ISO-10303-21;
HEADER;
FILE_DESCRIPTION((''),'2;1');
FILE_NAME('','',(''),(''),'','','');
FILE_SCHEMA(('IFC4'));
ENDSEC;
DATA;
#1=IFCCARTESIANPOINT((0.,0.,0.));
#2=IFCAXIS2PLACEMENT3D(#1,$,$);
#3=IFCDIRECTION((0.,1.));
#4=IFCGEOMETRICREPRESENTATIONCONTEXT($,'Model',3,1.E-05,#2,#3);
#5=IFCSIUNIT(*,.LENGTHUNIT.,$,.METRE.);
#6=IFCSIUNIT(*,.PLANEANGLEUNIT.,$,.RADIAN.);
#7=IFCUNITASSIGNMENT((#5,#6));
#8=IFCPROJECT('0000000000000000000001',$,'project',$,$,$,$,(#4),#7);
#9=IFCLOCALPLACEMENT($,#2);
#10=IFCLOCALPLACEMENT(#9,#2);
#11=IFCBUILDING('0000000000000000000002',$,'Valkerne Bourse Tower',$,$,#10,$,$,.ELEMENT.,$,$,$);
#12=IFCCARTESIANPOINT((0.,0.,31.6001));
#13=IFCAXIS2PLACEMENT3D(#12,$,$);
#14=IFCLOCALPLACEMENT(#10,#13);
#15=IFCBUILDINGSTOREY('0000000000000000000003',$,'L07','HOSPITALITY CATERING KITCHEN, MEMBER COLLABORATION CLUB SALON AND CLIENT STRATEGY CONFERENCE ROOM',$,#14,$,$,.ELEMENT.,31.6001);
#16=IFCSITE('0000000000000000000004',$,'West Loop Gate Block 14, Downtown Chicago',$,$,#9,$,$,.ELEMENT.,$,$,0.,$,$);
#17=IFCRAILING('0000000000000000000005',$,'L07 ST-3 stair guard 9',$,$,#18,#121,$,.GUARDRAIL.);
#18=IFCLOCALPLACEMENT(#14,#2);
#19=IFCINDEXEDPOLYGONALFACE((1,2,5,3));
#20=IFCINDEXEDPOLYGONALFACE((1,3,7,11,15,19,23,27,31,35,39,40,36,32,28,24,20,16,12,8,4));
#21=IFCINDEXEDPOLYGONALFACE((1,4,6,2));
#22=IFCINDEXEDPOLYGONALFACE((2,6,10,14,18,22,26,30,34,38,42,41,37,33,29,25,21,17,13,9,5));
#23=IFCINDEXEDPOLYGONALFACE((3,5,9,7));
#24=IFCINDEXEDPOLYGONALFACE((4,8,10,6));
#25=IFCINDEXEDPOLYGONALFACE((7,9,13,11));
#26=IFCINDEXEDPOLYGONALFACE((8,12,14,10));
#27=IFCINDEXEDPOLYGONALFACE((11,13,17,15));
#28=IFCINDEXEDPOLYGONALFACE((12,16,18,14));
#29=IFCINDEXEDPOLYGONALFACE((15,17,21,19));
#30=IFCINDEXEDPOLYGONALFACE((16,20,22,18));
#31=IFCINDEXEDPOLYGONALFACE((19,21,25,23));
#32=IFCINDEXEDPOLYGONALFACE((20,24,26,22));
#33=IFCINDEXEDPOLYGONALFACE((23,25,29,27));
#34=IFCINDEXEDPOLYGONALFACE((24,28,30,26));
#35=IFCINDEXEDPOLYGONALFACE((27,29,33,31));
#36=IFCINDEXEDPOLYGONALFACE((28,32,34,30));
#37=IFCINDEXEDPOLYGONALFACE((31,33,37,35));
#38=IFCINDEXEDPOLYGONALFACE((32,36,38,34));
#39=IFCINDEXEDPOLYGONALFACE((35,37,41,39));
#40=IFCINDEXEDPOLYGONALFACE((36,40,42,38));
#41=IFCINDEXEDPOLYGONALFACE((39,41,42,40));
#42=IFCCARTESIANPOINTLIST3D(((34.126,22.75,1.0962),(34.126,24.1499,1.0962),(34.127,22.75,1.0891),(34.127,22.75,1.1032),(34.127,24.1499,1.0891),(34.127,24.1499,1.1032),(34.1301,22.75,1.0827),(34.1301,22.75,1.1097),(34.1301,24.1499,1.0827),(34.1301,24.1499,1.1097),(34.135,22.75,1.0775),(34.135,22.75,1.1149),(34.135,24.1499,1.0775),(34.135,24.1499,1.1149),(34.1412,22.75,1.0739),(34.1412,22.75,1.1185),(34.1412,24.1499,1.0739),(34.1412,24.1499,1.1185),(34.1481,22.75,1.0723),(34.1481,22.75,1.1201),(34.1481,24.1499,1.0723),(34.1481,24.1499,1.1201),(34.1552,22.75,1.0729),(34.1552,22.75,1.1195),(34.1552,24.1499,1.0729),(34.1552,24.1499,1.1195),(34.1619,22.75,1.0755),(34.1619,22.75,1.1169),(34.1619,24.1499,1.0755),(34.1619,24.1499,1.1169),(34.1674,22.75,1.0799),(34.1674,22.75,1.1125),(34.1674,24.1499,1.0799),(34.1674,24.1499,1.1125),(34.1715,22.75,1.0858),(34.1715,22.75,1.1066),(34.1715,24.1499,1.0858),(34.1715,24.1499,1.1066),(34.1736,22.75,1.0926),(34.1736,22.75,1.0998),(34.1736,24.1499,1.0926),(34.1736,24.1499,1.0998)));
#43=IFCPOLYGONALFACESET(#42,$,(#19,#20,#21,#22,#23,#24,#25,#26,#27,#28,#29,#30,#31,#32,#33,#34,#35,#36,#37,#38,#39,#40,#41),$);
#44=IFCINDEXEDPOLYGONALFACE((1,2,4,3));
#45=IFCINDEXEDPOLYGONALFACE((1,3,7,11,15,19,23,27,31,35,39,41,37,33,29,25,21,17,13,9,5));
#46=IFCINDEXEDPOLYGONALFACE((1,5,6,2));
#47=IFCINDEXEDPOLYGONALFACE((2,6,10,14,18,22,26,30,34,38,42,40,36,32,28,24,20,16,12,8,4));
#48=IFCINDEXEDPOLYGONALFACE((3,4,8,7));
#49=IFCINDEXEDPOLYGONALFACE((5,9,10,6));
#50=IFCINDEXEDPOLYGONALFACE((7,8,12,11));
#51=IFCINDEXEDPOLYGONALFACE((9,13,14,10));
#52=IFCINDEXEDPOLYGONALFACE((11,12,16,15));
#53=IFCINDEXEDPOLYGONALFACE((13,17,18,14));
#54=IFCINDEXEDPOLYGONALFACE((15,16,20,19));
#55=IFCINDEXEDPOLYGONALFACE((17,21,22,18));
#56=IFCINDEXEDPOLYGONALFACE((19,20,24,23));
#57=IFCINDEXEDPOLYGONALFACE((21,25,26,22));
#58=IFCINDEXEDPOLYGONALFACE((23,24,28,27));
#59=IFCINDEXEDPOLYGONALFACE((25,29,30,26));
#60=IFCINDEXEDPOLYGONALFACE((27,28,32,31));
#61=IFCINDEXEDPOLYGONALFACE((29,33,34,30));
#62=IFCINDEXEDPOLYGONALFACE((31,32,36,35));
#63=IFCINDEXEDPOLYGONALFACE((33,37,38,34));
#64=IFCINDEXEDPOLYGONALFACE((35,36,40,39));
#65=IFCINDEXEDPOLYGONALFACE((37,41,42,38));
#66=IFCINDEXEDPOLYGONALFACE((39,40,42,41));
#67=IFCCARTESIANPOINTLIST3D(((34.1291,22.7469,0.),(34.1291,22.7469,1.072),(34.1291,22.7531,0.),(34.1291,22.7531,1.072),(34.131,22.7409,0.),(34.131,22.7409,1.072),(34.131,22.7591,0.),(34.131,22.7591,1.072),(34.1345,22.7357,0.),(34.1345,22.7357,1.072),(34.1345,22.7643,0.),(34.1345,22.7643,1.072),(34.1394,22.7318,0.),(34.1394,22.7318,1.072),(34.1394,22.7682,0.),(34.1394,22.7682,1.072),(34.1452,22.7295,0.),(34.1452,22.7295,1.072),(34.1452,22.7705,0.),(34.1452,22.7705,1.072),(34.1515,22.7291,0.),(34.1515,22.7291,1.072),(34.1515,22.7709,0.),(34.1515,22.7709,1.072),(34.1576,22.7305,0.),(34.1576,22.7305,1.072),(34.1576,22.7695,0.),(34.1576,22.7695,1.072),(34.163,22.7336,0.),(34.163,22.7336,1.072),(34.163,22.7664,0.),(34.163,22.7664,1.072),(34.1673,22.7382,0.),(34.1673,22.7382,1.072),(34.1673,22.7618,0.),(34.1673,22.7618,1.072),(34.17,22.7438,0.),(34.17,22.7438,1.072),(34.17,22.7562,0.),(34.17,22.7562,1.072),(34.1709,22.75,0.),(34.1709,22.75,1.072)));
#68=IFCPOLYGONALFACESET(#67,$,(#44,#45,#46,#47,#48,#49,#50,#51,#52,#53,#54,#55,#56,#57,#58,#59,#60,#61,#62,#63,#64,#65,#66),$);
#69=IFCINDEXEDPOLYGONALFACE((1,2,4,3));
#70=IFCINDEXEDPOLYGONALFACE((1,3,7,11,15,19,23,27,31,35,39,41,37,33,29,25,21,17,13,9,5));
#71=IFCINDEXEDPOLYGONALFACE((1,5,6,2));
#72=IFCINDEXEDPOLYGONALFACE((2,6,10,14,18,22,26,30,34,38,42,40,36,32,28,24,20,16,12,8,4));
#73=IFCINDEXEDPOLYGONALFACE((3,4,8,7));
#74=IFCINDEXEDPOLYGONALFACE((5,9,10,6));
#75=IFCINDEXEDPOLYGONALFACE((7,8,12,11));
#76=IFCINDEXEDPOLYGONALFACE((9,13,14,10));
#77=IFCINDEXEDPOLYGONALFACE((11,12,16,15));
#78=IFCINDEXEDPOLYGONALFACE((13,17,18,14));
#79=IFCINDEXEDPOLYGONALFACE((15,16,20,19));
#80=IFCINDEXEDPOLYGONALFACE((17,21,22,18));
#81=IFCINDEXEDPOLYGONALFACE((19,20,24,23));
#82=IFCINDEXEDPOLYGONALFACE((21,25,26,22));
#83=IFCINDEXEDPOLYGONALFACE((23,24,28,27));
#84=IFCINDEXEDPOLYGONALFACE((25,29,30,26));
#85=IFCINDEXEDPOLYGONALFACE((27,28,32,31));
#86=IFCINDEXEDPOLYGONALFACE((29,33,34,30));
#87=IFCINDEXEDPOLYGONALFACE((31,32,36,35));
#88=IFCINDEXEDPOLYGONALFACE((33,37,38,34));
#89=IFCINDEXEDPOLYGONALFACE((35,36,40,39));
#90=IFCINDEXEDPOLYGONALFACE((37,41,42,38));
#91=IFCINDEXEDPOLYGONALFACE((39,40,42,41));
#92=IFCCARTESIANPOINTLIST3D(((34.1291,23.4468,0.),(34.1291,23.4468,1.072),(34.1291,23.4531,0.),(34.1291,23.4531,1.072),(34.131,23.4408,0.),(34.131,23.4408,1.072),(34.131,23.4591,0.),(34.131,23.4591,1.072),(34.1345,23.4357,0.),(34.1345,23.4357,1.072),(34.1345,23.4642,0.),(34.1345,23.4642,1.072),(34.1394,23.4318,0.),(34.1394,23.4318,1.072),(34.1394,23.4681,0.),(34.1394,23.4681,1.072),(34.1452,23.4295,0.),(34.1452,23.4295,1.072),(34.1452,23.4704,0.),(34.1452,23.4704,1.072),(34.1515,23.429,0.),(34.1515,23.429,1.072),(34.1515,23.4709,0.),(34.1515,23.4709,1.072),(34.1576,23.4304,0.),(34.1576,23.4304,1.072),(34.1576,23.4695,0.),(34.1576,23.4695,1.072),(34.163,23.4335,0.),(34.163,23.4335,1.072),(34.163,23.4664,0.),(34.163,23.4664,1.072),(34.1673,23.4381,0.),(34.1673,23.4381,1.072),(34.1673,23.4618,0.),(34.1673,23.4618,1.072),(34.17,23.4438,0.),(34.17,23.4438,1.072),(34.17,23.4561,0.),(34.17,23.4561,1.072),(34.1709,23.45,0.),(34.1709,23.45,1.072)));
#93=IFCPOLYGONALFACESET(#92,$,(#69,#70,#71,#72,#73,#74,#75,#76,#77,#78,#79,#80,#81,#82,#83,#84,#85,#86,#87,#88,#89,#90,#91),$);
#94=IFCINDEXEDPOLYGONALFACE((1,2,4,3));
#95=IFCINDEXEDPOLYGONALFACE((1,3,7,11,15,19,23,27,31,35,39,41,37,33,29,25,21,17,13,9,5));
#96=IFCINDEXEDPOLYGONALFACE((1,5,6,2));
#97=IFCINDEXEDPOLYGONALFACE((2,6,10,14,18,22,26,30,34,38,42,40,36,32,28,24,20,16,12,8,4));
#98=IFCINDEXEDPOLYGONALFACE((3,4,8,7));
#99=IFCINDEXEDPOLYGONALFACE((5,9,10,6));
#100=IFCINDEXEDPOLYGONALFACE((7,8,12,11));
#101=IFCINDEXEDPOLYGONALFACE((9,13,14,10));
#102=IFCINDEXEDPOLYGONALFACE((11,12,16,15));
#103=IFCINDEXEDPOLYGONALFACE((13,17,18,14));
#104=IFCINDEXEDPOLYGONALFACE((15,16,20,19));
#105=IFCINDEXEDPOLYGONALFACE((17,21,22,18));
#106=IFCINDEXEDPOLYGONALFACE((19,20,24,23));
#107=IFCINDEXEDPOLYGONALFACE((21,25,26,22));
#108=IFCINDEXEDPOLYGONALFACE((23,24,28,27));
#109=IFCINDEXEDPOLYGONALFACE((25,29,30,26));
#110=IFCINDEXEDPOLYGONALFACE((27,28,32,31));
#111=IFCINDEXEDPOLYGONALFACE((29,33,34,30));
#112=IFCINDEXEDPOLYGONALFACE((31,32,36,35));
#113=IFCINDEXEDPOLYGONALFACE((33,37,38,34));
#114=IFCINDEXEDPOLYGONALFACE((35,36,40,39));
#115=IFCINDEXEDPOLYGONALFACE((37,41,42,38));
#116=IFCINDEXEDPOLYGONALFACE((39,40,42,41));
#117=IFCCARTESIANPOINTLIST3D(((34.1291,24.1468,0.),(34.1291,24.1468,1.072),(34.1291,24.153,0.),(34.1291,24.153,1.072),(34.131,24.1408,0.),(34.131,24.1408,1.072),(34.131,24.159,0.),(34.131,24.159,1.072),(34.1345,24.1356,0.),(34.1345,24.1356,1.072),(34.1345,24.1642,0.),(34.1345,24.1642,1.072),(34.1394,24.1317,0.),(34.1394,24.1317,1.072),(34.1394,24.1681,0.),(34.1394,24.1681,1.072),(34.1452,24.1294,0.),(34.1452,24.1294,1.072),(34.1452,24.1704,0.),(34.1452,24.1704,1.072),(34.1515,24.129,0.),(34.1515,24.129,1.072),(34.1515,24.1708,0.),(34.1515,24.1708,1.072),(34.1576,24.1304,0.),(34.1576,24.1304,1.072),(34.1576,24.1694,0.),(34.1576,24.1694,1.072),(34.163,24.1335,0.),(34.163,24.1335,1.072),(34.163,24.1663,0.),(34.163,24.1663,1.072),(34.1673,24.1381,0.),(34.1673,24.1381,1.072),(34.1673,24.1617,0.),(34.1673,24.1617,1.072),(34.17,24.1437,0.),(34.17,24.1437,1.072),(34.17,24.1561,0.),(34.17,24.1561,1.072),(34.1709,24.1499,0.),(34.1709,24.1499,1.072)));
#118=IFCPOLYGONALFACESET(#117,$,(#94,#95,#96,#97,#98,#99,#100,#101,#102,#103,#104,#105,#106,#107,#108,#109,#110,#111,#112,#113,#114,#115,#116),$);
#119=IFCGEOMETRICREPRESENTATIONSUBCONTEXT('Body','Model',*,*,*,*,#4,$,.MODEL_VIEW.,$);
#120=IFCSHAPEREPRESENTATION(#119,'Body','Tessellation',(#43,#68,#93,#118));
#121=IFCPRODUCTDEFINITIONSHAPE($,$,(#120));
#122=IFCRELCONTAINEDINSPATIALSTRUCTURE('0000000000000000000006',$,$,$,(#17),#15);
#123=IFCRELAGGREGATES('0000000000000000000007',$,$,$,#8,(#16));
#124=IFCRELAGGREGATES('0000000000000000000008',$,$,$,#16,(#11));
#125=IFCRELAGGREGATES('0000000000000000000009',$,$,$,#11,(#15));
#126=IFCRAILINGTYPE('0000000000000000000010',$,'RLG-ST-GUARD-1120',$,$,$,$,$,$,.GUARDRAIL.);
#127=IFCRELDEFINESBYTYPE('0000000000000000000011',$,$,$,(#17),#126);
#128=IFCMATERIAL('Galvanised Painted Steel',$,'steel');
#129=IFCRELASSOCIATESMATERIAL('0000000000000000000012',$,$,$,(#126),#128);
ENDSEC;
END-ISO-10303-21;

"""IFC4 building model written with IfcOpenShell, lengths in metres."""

from ifc_helpers import new_model, si_unit, direction, frame, origin, origin_2d, place, context, subcontext, project, spatial, circle, extrude, material, type_object, element, save


model = new_model("IFC4")

# Units and contexts
model_context = context("Model", 3, precision=1e-05, world=origin(), true_north=direction((0.0, 1.0)))
body_context = subcontext(model_context, "Body", "Model", "MODEL_VIEW")
ifc_project = project(units=[si_unit("LENGTHUNIT", "METRE"), si_unit("PLANEANGLEUNIT", "RADIAN")], contexts=[model_context])

# Site, building, storey
site_placement = place(None, origin())
site = spatial("IfcSite", under=ifc_project, at=site_placement, Name="West Loop Gate Block 14, Downtown Chicago", CompositionType="ELEMENT", RefElevation=0.0)
building_placement = place(site_placement, origin())
building = spatial("IfcBuilding", under=site, at=building_placement, Name="Valkerne Bourse Tower", CompositionType="ELEMENT")
storey_placement = place(building_placement, frame((0.0, 0.0, 31.6001)))
storey = spatial("IfcBuildingStorey", under=building, at=storey_placement, Name="L07", Description="HOSPITALITY CATERING KITCHEN, MEMBER COLLABORATION CLUB SALON AND CLIENT STRATEGY CONFERENCE ROOM", CompositionType="ELEMENT", Elevation=31.6001)

# Shared definitions
ifc_material_1 = material(Name="Galvanised Painted Steel", Category="steel")

# Railing
railing_type_1 = type_object("IfcRailingType", Name="RLG-ST-GUARD-1120", PredefinedType="GUARDRAIL", material=ifc_material_1)
for number, where, name in (
    (1, (34.1499, 22.75, 0.0), "L07 ST-3 stair guard 9"),
):
    element("IfcRailing", number, at=place(storey_placement, frame(where)), inside=storey, type_object=railing_type_1, Name=name, PredefinedType="GUARDRAIL", context=body_context, shape_type="SweptSolid", body=[
        extrude(circle(Radius=0.0239, at=origin_2d()), frame((0.0, 0.0, 1.0962), z_axis=(0.0, 1.0, 0.0), x_axis=(-1.0, 0.0, 0.0)), (0.0, 0.0, 1.0), 1.3999),
        extrude(circle(Radius=0.021, at=origin_2d()), origin(), (0.0, 0.0, 1.0), 1.072),
        extrude(circle(Radius=0.021, at=origin_2d()), frame((0.0, 0.7, 0.0)), (0.0, 0.0, 1.0), 1.072),
        extrude(circle(Radius=0.021, at=origin_2d()), frame((0.0, 1.3999, 0.0)), (0.0, 0.0, 1.0), 1.072),
    ])

save(model, "model.ifc")
